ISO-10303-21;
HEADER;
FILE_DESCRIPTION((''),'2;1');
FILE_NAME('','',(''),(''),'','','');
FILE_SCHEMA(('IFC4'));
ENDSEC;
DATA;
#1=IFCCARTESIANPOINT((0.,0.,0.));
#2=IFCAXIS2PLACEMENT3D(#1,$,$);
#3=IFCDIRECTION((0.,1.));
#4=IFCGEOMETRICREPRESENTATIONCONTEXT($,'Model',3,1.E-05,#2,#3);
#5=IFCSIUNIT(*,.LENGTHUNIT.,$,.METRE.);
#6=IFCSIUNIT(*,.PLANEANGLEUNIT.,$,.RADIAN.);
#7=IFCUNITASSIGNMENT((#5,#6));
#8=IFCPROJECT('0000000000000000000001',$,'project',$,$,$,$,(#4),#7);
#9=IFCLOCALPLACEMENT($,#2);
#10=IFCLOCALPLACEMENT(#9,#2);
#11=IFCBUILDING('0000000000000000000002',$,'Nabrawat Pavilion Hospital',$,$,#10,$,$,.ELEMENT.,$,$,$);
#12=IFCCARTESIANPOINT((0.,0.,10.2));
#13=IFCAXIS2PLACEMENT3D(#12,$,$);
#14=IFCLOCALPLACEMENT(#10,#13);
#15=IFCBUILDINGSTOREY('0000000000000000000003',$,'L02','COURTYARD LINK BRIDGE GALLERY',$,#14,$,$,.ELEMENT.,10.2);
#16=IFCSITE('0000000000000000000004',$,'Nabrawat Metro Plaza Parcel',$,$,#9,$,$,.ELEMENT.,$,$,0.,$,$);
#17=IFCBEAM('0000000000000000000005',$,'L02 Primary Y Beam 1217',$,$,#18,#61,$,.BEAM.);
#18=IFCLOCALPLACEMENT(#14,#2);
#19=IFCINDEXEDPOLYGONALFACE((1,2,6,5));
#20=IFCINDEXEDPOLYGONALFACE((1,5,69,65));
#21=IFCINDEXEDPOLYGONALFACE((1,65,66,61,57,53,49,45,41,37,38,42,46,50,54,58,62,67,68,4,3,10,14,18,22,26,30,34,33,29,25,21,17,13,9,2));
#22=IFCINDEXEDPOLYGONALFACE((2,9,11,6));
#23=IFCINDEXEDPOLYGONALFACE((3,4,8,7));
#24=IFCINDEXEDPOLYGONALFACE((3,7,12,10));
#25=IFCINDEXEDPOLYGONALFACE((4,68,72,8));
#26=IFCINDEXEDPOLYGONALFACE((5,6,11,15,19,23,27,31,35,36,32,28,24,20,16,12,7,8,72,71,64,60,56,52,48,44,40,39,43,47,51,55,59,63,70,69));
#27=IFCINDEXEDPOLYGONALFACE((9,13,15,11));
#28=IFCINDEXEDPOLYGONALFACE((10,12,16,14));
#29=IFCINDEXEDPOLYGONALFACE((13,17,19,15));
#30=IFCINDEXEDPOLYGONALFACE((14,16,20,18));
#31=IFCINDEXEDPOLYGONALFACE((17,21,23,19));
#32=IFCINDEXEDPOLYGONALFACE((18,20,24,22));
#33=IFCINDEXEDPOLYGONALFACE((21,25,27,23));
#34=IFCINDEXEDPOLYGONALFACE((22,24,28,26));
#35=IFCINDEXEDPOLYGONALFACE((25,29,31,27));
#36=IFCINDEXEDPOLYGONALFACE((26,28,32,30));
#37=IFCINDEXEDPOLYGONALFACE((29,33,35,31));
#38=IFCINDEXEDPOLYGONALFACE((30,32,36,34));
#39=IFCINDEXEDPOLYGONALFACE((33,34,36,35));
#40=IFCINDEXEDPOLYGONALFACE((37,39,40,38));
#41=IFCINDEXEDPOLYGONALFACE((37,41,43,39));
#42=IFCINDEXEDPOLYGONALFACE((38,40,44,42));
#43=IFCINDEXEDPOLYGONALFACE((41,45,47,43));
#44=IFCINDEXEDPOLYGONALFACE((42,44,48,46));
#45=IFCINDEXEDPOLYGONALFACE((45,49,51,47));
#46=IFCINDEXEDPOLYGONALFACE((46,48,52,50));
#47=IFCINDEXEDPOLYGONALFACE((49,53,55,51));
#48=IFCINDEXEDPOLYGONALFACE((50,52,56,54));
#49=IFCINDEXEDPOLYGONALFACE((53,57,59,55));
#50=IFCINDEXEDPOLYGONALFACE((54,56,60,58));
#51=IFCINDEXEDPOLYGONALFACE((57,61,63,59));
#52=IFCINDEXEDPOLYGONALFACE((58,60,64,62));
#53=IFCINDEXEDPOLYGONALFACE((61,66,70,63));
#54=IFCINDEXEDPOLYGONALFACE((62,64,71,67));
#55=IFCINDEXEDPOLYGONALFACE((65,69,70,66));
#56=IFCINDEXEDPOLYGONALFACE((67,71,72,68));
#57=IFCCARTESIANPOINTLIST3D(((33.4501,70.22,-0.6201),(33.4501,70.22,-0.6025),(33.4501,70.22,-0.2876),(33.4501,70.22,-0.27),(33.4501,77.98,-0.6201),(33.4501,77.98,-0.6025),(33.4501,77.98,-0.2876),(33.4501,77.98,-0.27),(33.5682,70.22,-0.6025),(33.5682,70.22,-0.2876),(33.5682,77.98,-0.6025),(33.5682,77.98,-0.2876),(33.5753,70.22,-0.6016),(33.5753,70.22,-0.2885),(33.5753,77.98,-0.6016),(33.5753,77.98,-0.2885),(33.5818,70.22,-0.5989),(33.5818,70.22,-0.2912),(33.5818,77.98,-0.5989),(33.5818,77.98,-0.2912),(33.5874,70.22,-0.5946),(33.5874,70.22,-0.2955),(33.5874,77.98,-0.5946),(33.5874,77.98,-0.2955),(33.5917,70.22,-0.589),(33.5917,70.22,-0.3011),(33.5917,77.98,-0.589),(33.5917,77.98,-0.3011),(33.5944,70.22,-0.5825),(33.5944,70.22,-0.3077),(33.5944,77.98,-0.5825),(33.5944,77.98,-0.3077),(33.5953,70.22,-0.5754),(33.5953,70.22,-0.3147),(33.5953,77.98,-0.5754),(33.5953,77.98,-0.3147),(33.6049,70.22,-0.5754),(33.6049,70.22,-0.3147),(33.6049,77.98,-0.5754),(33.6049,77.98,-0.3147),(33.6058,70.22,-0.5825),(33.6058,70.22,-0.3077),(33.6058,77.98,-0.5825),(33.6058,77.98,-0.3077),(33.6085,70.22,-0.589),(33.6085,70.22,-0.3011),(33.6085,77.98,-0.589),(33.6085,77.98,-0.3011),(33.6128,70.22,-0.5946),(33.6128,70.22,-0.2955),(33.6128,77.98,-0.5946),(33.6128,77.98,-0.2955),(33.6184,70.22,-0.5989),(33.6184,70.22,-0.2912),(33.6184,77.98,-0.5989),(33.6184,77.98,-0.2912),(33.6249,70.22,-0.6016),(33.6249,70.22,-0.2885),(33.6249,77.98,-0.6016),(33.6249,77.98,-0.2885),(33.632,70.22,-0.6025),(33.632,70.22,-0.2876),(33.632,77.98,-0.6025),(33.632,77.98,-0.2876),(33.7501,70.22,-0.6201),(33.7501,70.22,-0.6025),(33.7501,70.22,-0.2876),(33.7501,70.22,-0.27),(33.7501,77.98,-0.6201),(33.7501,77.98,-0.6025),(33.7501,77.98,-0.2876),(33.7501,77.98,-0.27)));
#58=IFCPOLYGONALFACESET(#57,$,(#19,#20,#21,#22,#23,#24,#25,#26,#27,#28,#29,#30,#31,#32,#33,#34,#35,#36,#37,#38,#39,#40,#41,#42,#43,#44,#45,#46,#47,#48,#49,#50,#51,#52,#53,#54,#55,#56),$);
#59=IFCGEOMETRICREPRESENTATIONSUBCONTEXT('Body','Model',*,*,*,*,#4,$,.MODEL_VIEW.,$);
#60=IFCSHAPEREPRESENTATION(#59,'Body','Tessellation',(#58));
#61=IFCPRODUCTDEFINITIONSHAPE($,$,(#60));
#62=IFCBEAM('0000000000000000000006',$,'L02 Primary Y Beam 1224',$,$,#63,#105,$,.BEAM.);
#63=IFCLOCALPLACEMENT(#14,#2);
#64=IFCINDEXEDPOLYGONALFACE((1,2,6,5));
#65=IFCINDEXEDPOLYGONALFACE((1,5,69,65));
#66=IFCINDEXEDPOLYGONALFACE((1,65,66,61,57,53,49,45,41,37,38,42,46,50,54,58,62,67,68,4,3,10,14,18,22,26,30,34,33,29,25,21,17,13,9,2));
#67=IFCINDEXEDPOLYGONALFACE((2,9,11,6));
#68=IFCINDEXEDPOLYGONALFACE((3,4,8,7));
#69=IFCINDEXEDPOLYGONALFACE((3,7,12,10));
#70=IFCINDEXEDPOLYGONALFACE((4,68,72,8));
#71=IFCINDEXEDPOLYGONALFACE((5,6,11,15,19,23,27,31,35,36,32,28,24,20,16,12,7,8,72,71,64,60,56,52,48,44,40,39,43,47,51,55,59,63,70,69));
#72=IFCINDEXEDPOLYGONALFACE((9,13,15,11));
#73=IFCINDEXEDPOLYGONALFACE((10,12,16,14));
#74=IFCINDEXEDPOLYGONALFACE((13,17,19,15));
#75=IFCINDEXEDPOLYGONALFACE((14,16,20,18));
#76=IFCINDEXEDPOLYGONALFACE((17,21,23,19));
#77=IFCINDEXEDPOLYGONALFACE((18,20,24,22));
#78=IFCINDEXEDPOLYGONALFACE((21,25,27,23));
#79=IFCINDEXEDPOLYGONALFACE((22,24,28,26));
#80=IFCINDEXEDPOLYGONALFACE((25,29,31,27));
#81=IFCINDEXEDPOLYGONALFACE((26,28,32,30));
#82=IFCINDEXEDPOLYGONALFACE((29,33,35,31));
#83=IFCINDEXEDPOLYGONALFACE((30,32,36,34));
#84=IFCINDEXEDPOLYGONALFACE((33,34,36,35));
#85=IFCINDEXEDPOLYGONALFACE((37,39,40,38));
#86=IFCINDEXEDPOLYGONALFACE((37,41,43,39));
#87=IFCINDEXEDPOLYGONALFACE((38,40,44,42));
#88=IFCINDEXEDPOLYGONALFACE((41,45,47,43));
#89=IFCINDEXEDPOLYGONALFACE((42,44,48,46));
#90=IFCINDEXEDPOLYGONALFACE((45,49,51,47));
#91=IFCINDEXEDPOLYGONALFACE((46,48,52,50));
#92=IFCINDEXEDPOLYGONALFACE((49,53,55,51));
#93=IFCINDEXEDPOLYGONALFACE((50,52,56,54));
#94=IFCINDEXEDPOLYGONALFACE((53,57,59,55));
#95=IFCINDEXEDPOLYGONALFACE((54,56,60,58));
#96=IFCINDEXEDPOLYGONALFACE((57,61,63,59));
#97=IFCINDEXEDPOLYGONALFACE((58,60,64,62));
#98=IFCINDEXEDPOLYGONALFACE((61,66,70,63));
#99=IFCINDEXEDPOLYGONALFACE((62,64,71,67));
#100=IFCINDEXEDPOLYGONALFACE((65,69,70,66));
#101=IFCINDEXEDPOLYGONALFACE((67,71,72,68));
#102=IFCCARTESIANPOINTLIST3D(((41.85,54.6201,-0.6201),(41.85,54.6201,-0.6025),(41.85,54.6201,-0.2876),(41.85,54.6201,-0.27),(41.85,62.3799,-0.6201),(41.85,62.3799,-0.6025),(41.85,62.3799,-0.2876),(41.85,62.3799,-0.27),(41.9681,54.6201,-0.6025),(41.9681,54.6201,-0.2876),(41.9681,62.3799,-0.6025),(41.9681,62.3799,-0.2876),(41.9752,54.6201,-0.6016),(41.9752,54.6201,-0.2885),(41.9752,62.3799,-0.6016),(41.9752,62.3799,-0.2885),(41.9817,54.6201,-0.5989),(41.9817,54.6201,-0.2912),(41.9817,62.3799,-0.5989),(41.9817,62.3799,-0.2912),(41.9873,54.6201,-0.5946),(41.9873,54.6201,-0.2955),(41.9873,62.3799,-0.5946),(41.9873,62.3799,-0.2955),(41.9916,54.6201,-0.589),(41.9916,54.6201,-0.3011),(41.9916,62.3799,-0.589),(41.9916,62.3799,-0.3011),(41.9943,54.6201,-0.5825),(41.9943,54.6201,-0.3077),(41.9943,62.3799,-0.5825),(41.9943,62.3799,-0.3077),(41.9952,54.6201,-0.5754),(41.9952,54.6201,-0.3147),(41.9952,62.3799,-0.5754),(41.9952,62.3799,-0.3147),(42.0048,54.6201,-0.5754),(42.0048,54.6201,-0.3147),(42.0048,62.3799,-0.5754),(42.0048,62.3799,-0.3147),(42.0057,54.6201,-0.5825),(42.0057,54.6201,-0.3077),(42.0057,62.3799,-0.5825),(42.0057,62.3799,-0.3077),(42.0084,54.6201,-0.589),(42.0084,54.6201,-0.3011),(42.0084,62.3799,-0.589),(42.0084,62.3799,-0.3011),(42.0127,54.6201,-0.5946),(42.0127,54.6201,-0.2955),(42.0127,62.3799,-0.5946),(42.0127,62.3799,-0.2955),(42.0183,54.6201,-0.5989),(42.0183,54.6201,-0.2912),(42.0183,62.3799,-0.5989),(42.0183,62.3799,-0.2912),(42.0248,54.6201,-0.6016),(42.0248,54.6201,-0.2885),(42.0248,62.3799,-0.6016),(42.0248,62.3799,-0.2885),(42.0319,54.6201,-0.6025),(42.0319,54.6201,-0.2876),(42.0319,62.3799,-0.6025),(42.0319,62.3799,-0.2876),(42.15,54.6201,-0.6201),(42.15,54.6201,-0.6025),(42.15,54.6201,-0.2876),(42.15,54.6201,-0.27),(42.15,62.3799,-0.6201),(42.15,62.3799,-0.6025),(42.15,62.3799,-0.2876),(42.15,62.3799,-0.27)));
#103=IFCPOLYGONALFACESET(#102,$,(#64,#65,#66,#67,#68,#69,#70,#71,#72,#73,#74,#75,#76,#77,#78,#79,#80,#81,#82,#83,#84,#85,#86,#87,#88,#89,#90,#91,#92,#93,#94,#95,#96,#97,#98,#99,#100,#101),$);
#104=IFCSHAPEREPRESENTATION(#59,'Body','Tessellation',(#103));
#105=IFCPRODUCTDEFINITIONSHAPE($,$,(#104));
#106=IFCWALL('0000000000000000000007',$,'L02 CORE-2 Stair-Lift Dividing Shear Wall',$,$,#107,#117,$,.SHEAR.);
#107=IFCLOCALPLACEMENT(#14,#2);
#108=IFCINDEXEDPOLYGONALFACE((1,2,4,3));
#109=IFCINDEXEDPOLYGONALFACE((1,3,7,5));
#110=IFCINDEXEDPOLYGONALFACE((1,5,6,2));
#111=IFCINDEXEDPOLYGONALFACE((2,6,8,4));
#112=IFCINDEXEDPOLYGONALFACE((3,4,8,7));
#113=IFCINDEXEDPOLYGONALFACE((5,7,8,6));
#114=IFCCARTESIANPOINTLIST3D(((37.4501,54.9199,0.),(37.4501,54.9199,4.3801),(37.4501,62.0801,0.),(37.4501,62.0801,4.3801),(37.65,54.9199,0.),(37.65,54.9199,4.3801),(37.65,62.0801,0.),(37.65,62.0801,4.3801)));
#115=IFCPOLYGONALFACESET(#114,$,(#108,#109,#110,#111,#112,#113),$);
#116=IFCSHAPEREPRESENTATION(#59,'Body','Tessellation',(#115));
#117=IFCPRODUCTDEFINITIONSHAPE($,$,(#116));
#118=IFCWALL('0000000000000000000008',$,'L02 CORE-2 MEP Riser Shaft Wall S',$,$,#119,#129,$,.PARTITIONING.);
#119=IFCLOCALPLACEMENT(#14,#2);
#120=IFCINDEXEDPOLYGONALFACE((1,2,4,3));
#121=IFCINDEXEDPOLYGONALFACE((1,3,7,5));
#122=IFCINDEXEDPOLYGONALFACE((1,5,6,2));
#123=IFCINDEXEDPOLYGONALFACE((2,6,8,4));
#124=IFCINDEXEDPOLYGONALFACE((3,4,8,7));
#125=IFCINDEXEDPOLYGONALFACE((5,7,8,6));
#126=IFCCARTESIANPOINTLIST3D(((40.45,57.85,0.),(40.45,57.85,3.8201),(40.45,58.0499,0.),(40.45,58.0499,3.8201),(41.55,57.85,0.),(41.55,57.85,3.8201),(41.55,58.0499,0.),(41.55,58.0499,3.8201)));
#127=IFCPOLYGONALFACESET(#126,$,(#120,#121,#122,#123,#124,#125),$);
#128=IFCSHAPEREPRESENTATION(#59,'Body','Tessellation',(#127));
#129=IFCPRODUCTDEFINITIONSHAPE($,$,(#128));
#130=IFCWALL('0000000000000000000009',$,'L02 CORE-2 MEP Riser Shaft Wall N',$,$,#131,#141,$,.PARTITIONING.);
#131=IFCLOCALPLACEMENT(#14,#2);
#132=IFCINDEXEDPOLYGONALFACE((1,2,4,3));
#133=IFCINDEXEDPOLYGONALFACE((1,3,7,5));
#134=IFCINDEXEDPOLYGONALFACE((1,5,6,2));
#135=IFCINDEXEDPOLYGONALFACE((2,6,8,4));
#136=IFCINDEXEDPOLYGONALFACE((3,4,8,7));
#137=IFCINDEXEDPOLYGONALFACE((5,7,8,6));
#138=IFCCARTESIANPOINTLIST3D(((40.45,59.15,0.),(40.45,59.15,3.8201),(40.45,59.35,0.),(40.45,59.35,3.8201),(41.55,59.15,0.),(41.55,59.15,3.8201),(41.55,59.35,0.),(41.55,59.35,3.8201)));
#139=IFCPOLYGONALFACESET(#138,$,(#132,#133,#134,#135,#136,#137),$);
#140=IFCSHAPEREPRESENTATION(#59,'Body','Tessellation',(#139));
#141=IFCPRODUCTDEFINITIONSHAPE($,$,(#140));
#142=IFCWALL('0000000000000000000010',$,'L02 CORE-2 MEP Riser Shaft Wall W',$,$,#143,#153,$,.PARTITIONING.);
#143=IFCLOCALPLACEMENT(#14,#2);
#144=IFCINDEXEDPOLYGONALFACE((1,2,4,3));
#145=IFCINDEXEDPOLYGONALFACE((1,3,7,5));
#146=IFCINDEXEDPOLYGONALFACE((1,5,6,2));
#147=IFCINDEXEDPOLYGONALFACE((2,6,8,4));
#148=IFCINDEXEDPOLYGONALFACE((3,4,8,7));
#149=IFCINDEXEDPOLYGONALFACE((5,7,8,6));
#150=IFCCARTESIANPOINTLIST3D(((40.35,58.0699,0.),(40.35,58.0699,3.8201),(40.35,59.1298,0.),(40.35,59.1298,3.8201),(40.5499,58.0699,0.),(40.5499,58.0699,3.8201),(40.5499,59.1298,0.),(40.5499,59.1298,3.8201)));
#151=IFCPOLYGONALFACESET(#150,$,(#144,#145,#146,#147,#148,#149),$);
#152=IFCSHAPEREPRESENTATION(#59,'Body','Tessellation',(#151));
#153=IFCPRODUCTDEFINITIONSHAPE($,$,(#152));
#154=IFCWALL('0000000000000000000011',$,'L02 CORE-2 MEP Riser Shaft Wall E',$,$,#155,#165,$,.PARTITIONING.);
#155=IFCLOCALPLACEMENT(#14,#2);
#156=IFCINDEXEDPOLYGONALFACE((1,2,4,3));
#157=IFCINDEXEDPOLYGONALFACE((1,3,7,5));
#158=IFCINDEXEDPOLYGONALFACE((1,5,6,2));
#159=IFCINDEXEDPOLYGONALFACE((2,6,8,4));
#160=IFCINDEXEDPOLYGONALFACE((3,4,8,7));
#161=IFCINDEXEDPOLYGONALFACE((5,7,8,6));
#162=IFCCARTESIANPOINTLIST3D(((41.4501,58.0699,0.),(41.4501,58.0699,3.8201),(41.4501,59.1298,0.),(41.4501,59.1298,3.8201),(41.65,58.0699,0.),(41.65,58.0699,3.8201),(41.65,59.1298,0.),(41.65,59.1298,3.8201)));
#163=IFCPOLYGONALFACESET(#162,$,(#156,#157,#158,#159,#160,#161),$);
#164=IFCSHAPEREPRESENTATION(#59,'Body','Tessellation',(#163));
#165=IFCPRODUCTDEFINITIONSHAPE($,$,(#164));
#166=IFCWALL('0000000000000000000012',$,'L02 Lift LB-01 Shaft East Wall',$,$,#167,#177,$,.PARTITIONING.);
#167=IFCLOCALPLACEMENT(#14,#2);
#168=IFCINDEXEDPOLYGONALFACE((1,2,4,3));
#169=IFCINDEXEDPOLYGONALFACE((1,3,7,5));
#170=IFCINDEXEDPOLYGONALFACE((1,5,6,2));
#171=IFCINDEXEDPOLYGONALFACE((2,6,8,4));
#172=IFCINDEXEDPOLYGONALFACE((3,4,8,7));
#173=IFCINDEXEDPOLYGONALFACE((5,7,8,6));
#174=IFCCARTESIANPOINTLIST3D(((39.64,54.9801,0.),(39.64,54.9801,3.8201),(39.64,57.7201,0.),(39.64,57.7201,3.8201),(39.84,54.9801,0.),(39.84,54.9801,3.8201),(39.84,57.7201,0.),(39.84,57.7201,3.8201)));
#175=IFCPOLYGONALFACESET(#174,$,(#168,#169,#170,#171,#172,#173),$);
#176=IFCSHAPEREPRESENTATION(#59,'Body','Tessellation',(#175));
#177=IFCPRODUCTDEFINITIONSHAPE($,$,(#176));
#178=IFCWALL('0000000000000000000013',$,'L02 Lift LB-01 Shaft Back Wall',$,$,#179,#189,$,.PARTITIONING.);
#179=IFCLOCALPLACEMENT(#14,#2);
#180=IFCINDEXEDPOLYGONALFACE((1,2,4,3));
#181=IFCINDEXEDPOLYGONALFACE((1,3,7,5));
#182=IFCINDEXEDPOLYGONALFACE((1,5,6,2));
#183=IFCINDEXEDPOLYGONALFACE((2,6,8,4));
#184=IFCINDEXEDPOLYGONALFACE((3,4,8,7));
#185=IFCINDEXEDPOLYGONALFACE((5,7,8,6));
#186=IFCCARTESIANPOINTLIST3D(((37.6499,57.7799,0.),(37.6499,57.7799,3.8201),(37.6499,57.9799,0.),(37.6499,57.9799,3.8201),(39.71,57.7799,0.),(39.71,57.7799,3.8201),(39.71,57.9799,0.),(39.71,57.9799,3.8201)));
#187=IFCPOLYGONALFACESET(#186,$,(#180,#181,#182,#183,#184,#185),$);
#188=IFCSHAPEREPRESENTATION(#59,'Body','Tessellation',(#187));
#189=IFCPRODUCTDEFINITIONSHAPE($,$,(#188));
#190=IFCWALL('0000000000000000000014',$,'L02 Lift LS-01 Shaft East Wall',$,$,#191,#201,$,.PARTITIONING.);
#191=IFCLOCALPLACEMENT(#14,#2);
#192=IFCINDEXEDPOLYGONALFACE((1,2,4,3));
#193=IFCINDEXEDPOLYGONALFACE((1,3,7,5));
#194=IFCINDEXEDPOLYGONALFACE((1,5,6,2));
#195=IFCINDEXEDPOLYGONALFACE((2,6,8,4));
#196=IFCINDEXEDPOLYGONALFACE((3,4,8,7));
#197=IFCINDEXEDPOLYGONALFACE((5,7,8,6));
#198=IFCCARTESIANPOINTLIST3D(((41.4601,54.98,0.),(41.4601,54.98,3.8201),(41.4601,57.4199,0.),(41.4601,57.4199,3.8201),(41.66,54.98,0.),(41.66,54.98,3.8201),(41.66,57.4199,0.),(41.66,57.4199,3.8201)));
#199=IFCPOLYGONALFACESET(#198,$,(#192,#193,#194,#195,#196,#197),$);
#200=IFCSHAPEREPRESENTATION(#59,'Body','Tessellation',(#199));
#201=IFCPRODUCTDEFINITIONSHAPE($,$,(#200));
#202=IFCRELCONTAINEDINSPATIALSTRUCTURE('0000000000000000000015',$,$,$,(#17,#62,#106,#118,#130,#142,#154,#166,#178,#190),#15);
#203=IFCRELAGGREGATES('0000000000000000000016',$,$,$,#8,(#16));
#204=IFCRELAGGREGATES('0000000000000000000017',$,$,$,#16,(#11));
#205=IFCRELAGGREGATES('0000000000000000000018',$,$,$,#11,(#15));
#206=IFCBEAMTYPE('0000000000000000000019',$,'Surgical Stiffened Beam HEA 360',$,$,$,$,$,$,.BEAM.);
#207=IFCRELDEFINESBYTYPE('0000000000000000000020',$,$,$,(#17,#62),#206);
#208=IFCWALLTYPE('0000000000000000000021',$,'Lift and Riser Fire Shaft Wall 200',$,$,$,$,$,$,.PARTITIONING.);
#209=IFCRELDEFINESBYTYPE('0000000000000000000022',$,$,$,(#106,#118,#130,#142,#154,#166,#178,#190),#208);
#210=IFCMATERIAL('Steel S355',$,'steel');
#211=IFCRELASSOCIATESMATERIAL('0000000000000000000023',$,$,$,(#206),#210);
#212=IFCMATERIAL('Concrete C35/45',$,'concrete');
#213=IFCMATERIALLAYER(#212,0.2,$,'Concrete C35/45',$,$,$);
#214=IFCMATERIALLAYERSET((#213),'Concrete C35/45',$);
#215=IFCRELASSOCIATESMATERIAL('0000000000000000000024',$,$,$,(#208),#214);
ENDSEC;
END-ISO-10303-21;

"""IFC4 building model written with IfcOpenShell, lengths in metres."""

from ifc_helpers import new_model, si_unit, direction, frame, frame_2d, origin, origin_2d, place, context, subcontext, project, spatial, rectangle, i_section, extrude, material, layer, layer_set, material_profile, profile_set, type_object, element, save


model = new_model("IFC4")

# Units and contexts
model_context = context("Model", 3, precision=1e-05, world=origin(), true_north=direction((0.0, 1.0)))
body_context = subcontext(model_context, "Body", "Model", "MODEL_VIEW")
ifc_project = project(units=[si_unit("LENGTHUNIT", "METRE"), si_unit("PLANEANGLEUNIT", "RADIAN")], contexts=[model_context])

# Site, building, storey
site_placement = place(None, origin())
site = spatial("IfcSite", under=ifc_project, at=site_placement, Name="Nabrawat Metro Plaza Parcel", CompositionType="ELEMENT", RefElevation=0.0)
building_placement = place(site_placement, origin())
building = spatial("IfcBuilding", under=site, at=building_placement, Name="Nabrawat Pavilion Hospital", CompositionType="ELEMENT")
storey_placement = place(building_placement, frame((0.0, 0.0, 10.2)))
storey = spatial("IfcBuildingStorey", under=building, at=storey_placement, Name="L02", Description="COURTYARD LINK BRIDGE GALLERY", CompositionType="ELEMENT", Elevation=10.2)

# Shared definitions
ifc_material_1 = material(Name="Steel S355", Category="steel")

# Beams
ifc_material_profile_1 = material_profile(ifc_material_1, i_section(OverallWidth=0.3, OverallDepth=0.3501, WebThickness=0.0095, FlangeThickness=0.0176, FilletRadius=0.0271, at=origin_2d()), Name="HEA 360")
ifc_profile_set_1 = profile_set([ifc_material_profile_1], Name="Steel S355")
beam_type_1 = type_object("IfcBeamType", Name="Surgical Stiffened Beam HEA 360", PredefinedType="BEAM", material=ifc_profile_set_1)
for number, where, z_axis, x_axis, name in (
    (1, (33.6001, 70.22, -0.4451), (0.0, 1.0, 0.0), (-1.0, 0.0, 0.0), "L02 Primary Y Beam 1217"),
):
    element("IfcBeam", number, at=place(storey_placement, frame(where, z_axis=z_axis, x_axis=x_axis)), inside=storey, type_object=beam_type_1, Name=name, PredefinedType="BEAM", context=body_context, shape_type="SweptSolid", body=[
        extrude(i_section(OverallWidth=0.3, OverallDepth=0.3501, WebThickness=0.0095, FlangeThickness=0.0176, FilletRadius=0.0271, at=origin_2d()), origin(), (0.0, 0.0, 1.0), 7.76),
    ])
beam_1_placement = place(storey_placement, frame((42.0, 54.6201, -0.4451), z_axis=(0.0, 1.0, 0.0), x_axis=(-1.0, 0.0, 0.0)))
element("IfcBeam", 2, at=beam_1_placement, inside=storey, type_object=beam_type_1, Name="L02 Primary Y Beam 1224", PredefinedType="BEAM", context=body_context, shape_type="SweptSolid", body=[
    extrude(i_section(OverallWidth=0.3, OverallDepth=0.3501, WebThickness=0.0095, FlangeThickness=0.0176, FilletRadius=0.0271, at=origin_2d()), origin(), (0.0, 0.0, 1.0), 7.7598),
])

# Walls
ifc_material_2 = material(Name="Concrete C35/45", Category="concrete")
ifc_layer_1 = layer(ifc_material_2, 0.2, Name="Concrete C35/45")
ifc_layer_set_1 = layer_set([ifc_layer_1], Name="Concrete C35/45")
wall_type_1 = type_object("IfcWallType", Name="Lift and Riser Fire Shaft Wall 200", PredefinedType="PARTITIONING", material=ifc_layer_set_1)
wall_1_placement = place(storey_placement, frame((37.55, 54.9199, 0.0), z_axis=(0.0, 0.0, 1.0), x_axis=(0.0, 1.0, 0.0)))
element("IfcWall", 3, at=wall_1_placement, inside=storey, type_object=wall_type_1, Name="L02 CORE-2 Stair-Lift Dividing Shear Wall", PredefinedType="SHEAR", context=body_context, shape_type="SweptSolid", body=[
    extrude(rectangle(XDim=7.1602, YDim=0.2, at=frame_2d((3.5801, 0.0))), origin(), (0.0, 0.0, 1.0), 4.3801),
])
for number, where, z_axis, x_axis, name in (
    (4, (40.45, 57.95, 0.0), (0.0, 0.0, 1.0), (1.0, 0.0, 0.0), "L02 CORE-2 MEP Riser Shaft Wall S"),
    (5, (40.45, 59.25, 0.0), (0.0, 0.0, 1.0), (1.0, 0.0, 0.0), "L02 CORE-2 MEP Riser Shaft Wall N"),
):
    element("IfcWall", number, at=place(storey_placement, frame(where, z_axis=z_axis, x_axis=x_axis)), inside=storey, type_object=wall_type_1, Name=name, PredefinedType="PARTITIONING", context=body_context, shape_type="SweptSolid", body=[
        extrude(rectangle(XDim=1.1001, YDim=0.2, at=frame_2d((0.55, 0.0))), origin(), (0.0, 0.0, 1.0), 3.8201),
    ])
for number, where, z_axis, x_axis, name in (
    (6, (40.45, 58.0701, 0.0), (0.0, 0.0, 1.0), (0.0, 1.0, 0.0), "L02 CORE-2 MEP Riser Shaft Wall W"),
    (7, (41.55, 58.0701, 0.0), (0.0, 0.0, 1.0), (0.0, 1.0, 0.0), "L02 CORE-2 MEP Riser Shaft Wall E"),
):
    element("IfcWall", number, at=place(storey_placement, frame(where, z_axis=z_axis, x_axis=x_axis)), inside=storey, type_object=wall_type_1, Name=name, PredefinedType="PARTITIONING", context=body_context, shape_type="SweptSolid", body=[
        extrude(rectangle(XDim=1.0598, YDim=0.2, at=frame_2d((0.5298, 0.0))), origin(), (0.0, 0.0, 1.0), 3.8201),
    ])
wall_2_placement = place(storey_placement, frame((39.74, 54.98, 0.0), z_axis=(0.0, 0.0, 1.0), x_axis=(0.0, 1.0, 0.0)))
element("IfcWall", 8, at=wall_2_placement, inside=storey, type_object=wall_type_1, Name="L02 Lift LB-01 Shaft East Wall", PredefinedType="PARTITIONING", context=body_context, shape_type="SweptSolid", body=[
    extrude(rectangle(XDim=2.74, YDim=0.2, at=frame_2d((1.3701, 0.0))), origin(), (0.0, 0.0, 1.0), 3.8201),
])
wall_3_placement = place(storey_placement, frame((37.6499, 57.8799, 0.0), z_axis=(0.0, 0.0, 1.0), x_axis=(1.0, 0.0, 0.0)))
element("IfcWall", 9, at=wall_3_placement, inside=storey, type_object=wall_type_1, Name="L02 Lift LB-01 Shaft Back Wall", PredefinedType="PARTITIONING", context=body_context, shape_type="SweptSolid", body=[
    extrude(rectangle(XDim=2.0601, YDim=0.2, at=frame_2d((1.03, 0.0))), origin(), (0.0, 0.0, 1.0), 3.8201),
])
wall_4_placement = place(storey_placement, frame((41.5601, 54.98, 0.0), z_axis=(0.0, 0.0, 1.0), x_axis=(0.0, 1.0, 0.0)))
element("IfcWall", 10, at=wall_4_placement, inside=storey, type_object=wall_type_1, Name="L02 Lift LS-01 Shaft East Wall", PredefinedType="PARTITIONING", context=body_context, shape_type="SweptSolid", body=[
    extrude(rectangle(XDim=2.4399, YDim=0.2, at=frame_2d((1.22, 0.0))), origin(), (0.0, 0.0, 1.0), 3.8201),
])

save(model, "model.ifc")
